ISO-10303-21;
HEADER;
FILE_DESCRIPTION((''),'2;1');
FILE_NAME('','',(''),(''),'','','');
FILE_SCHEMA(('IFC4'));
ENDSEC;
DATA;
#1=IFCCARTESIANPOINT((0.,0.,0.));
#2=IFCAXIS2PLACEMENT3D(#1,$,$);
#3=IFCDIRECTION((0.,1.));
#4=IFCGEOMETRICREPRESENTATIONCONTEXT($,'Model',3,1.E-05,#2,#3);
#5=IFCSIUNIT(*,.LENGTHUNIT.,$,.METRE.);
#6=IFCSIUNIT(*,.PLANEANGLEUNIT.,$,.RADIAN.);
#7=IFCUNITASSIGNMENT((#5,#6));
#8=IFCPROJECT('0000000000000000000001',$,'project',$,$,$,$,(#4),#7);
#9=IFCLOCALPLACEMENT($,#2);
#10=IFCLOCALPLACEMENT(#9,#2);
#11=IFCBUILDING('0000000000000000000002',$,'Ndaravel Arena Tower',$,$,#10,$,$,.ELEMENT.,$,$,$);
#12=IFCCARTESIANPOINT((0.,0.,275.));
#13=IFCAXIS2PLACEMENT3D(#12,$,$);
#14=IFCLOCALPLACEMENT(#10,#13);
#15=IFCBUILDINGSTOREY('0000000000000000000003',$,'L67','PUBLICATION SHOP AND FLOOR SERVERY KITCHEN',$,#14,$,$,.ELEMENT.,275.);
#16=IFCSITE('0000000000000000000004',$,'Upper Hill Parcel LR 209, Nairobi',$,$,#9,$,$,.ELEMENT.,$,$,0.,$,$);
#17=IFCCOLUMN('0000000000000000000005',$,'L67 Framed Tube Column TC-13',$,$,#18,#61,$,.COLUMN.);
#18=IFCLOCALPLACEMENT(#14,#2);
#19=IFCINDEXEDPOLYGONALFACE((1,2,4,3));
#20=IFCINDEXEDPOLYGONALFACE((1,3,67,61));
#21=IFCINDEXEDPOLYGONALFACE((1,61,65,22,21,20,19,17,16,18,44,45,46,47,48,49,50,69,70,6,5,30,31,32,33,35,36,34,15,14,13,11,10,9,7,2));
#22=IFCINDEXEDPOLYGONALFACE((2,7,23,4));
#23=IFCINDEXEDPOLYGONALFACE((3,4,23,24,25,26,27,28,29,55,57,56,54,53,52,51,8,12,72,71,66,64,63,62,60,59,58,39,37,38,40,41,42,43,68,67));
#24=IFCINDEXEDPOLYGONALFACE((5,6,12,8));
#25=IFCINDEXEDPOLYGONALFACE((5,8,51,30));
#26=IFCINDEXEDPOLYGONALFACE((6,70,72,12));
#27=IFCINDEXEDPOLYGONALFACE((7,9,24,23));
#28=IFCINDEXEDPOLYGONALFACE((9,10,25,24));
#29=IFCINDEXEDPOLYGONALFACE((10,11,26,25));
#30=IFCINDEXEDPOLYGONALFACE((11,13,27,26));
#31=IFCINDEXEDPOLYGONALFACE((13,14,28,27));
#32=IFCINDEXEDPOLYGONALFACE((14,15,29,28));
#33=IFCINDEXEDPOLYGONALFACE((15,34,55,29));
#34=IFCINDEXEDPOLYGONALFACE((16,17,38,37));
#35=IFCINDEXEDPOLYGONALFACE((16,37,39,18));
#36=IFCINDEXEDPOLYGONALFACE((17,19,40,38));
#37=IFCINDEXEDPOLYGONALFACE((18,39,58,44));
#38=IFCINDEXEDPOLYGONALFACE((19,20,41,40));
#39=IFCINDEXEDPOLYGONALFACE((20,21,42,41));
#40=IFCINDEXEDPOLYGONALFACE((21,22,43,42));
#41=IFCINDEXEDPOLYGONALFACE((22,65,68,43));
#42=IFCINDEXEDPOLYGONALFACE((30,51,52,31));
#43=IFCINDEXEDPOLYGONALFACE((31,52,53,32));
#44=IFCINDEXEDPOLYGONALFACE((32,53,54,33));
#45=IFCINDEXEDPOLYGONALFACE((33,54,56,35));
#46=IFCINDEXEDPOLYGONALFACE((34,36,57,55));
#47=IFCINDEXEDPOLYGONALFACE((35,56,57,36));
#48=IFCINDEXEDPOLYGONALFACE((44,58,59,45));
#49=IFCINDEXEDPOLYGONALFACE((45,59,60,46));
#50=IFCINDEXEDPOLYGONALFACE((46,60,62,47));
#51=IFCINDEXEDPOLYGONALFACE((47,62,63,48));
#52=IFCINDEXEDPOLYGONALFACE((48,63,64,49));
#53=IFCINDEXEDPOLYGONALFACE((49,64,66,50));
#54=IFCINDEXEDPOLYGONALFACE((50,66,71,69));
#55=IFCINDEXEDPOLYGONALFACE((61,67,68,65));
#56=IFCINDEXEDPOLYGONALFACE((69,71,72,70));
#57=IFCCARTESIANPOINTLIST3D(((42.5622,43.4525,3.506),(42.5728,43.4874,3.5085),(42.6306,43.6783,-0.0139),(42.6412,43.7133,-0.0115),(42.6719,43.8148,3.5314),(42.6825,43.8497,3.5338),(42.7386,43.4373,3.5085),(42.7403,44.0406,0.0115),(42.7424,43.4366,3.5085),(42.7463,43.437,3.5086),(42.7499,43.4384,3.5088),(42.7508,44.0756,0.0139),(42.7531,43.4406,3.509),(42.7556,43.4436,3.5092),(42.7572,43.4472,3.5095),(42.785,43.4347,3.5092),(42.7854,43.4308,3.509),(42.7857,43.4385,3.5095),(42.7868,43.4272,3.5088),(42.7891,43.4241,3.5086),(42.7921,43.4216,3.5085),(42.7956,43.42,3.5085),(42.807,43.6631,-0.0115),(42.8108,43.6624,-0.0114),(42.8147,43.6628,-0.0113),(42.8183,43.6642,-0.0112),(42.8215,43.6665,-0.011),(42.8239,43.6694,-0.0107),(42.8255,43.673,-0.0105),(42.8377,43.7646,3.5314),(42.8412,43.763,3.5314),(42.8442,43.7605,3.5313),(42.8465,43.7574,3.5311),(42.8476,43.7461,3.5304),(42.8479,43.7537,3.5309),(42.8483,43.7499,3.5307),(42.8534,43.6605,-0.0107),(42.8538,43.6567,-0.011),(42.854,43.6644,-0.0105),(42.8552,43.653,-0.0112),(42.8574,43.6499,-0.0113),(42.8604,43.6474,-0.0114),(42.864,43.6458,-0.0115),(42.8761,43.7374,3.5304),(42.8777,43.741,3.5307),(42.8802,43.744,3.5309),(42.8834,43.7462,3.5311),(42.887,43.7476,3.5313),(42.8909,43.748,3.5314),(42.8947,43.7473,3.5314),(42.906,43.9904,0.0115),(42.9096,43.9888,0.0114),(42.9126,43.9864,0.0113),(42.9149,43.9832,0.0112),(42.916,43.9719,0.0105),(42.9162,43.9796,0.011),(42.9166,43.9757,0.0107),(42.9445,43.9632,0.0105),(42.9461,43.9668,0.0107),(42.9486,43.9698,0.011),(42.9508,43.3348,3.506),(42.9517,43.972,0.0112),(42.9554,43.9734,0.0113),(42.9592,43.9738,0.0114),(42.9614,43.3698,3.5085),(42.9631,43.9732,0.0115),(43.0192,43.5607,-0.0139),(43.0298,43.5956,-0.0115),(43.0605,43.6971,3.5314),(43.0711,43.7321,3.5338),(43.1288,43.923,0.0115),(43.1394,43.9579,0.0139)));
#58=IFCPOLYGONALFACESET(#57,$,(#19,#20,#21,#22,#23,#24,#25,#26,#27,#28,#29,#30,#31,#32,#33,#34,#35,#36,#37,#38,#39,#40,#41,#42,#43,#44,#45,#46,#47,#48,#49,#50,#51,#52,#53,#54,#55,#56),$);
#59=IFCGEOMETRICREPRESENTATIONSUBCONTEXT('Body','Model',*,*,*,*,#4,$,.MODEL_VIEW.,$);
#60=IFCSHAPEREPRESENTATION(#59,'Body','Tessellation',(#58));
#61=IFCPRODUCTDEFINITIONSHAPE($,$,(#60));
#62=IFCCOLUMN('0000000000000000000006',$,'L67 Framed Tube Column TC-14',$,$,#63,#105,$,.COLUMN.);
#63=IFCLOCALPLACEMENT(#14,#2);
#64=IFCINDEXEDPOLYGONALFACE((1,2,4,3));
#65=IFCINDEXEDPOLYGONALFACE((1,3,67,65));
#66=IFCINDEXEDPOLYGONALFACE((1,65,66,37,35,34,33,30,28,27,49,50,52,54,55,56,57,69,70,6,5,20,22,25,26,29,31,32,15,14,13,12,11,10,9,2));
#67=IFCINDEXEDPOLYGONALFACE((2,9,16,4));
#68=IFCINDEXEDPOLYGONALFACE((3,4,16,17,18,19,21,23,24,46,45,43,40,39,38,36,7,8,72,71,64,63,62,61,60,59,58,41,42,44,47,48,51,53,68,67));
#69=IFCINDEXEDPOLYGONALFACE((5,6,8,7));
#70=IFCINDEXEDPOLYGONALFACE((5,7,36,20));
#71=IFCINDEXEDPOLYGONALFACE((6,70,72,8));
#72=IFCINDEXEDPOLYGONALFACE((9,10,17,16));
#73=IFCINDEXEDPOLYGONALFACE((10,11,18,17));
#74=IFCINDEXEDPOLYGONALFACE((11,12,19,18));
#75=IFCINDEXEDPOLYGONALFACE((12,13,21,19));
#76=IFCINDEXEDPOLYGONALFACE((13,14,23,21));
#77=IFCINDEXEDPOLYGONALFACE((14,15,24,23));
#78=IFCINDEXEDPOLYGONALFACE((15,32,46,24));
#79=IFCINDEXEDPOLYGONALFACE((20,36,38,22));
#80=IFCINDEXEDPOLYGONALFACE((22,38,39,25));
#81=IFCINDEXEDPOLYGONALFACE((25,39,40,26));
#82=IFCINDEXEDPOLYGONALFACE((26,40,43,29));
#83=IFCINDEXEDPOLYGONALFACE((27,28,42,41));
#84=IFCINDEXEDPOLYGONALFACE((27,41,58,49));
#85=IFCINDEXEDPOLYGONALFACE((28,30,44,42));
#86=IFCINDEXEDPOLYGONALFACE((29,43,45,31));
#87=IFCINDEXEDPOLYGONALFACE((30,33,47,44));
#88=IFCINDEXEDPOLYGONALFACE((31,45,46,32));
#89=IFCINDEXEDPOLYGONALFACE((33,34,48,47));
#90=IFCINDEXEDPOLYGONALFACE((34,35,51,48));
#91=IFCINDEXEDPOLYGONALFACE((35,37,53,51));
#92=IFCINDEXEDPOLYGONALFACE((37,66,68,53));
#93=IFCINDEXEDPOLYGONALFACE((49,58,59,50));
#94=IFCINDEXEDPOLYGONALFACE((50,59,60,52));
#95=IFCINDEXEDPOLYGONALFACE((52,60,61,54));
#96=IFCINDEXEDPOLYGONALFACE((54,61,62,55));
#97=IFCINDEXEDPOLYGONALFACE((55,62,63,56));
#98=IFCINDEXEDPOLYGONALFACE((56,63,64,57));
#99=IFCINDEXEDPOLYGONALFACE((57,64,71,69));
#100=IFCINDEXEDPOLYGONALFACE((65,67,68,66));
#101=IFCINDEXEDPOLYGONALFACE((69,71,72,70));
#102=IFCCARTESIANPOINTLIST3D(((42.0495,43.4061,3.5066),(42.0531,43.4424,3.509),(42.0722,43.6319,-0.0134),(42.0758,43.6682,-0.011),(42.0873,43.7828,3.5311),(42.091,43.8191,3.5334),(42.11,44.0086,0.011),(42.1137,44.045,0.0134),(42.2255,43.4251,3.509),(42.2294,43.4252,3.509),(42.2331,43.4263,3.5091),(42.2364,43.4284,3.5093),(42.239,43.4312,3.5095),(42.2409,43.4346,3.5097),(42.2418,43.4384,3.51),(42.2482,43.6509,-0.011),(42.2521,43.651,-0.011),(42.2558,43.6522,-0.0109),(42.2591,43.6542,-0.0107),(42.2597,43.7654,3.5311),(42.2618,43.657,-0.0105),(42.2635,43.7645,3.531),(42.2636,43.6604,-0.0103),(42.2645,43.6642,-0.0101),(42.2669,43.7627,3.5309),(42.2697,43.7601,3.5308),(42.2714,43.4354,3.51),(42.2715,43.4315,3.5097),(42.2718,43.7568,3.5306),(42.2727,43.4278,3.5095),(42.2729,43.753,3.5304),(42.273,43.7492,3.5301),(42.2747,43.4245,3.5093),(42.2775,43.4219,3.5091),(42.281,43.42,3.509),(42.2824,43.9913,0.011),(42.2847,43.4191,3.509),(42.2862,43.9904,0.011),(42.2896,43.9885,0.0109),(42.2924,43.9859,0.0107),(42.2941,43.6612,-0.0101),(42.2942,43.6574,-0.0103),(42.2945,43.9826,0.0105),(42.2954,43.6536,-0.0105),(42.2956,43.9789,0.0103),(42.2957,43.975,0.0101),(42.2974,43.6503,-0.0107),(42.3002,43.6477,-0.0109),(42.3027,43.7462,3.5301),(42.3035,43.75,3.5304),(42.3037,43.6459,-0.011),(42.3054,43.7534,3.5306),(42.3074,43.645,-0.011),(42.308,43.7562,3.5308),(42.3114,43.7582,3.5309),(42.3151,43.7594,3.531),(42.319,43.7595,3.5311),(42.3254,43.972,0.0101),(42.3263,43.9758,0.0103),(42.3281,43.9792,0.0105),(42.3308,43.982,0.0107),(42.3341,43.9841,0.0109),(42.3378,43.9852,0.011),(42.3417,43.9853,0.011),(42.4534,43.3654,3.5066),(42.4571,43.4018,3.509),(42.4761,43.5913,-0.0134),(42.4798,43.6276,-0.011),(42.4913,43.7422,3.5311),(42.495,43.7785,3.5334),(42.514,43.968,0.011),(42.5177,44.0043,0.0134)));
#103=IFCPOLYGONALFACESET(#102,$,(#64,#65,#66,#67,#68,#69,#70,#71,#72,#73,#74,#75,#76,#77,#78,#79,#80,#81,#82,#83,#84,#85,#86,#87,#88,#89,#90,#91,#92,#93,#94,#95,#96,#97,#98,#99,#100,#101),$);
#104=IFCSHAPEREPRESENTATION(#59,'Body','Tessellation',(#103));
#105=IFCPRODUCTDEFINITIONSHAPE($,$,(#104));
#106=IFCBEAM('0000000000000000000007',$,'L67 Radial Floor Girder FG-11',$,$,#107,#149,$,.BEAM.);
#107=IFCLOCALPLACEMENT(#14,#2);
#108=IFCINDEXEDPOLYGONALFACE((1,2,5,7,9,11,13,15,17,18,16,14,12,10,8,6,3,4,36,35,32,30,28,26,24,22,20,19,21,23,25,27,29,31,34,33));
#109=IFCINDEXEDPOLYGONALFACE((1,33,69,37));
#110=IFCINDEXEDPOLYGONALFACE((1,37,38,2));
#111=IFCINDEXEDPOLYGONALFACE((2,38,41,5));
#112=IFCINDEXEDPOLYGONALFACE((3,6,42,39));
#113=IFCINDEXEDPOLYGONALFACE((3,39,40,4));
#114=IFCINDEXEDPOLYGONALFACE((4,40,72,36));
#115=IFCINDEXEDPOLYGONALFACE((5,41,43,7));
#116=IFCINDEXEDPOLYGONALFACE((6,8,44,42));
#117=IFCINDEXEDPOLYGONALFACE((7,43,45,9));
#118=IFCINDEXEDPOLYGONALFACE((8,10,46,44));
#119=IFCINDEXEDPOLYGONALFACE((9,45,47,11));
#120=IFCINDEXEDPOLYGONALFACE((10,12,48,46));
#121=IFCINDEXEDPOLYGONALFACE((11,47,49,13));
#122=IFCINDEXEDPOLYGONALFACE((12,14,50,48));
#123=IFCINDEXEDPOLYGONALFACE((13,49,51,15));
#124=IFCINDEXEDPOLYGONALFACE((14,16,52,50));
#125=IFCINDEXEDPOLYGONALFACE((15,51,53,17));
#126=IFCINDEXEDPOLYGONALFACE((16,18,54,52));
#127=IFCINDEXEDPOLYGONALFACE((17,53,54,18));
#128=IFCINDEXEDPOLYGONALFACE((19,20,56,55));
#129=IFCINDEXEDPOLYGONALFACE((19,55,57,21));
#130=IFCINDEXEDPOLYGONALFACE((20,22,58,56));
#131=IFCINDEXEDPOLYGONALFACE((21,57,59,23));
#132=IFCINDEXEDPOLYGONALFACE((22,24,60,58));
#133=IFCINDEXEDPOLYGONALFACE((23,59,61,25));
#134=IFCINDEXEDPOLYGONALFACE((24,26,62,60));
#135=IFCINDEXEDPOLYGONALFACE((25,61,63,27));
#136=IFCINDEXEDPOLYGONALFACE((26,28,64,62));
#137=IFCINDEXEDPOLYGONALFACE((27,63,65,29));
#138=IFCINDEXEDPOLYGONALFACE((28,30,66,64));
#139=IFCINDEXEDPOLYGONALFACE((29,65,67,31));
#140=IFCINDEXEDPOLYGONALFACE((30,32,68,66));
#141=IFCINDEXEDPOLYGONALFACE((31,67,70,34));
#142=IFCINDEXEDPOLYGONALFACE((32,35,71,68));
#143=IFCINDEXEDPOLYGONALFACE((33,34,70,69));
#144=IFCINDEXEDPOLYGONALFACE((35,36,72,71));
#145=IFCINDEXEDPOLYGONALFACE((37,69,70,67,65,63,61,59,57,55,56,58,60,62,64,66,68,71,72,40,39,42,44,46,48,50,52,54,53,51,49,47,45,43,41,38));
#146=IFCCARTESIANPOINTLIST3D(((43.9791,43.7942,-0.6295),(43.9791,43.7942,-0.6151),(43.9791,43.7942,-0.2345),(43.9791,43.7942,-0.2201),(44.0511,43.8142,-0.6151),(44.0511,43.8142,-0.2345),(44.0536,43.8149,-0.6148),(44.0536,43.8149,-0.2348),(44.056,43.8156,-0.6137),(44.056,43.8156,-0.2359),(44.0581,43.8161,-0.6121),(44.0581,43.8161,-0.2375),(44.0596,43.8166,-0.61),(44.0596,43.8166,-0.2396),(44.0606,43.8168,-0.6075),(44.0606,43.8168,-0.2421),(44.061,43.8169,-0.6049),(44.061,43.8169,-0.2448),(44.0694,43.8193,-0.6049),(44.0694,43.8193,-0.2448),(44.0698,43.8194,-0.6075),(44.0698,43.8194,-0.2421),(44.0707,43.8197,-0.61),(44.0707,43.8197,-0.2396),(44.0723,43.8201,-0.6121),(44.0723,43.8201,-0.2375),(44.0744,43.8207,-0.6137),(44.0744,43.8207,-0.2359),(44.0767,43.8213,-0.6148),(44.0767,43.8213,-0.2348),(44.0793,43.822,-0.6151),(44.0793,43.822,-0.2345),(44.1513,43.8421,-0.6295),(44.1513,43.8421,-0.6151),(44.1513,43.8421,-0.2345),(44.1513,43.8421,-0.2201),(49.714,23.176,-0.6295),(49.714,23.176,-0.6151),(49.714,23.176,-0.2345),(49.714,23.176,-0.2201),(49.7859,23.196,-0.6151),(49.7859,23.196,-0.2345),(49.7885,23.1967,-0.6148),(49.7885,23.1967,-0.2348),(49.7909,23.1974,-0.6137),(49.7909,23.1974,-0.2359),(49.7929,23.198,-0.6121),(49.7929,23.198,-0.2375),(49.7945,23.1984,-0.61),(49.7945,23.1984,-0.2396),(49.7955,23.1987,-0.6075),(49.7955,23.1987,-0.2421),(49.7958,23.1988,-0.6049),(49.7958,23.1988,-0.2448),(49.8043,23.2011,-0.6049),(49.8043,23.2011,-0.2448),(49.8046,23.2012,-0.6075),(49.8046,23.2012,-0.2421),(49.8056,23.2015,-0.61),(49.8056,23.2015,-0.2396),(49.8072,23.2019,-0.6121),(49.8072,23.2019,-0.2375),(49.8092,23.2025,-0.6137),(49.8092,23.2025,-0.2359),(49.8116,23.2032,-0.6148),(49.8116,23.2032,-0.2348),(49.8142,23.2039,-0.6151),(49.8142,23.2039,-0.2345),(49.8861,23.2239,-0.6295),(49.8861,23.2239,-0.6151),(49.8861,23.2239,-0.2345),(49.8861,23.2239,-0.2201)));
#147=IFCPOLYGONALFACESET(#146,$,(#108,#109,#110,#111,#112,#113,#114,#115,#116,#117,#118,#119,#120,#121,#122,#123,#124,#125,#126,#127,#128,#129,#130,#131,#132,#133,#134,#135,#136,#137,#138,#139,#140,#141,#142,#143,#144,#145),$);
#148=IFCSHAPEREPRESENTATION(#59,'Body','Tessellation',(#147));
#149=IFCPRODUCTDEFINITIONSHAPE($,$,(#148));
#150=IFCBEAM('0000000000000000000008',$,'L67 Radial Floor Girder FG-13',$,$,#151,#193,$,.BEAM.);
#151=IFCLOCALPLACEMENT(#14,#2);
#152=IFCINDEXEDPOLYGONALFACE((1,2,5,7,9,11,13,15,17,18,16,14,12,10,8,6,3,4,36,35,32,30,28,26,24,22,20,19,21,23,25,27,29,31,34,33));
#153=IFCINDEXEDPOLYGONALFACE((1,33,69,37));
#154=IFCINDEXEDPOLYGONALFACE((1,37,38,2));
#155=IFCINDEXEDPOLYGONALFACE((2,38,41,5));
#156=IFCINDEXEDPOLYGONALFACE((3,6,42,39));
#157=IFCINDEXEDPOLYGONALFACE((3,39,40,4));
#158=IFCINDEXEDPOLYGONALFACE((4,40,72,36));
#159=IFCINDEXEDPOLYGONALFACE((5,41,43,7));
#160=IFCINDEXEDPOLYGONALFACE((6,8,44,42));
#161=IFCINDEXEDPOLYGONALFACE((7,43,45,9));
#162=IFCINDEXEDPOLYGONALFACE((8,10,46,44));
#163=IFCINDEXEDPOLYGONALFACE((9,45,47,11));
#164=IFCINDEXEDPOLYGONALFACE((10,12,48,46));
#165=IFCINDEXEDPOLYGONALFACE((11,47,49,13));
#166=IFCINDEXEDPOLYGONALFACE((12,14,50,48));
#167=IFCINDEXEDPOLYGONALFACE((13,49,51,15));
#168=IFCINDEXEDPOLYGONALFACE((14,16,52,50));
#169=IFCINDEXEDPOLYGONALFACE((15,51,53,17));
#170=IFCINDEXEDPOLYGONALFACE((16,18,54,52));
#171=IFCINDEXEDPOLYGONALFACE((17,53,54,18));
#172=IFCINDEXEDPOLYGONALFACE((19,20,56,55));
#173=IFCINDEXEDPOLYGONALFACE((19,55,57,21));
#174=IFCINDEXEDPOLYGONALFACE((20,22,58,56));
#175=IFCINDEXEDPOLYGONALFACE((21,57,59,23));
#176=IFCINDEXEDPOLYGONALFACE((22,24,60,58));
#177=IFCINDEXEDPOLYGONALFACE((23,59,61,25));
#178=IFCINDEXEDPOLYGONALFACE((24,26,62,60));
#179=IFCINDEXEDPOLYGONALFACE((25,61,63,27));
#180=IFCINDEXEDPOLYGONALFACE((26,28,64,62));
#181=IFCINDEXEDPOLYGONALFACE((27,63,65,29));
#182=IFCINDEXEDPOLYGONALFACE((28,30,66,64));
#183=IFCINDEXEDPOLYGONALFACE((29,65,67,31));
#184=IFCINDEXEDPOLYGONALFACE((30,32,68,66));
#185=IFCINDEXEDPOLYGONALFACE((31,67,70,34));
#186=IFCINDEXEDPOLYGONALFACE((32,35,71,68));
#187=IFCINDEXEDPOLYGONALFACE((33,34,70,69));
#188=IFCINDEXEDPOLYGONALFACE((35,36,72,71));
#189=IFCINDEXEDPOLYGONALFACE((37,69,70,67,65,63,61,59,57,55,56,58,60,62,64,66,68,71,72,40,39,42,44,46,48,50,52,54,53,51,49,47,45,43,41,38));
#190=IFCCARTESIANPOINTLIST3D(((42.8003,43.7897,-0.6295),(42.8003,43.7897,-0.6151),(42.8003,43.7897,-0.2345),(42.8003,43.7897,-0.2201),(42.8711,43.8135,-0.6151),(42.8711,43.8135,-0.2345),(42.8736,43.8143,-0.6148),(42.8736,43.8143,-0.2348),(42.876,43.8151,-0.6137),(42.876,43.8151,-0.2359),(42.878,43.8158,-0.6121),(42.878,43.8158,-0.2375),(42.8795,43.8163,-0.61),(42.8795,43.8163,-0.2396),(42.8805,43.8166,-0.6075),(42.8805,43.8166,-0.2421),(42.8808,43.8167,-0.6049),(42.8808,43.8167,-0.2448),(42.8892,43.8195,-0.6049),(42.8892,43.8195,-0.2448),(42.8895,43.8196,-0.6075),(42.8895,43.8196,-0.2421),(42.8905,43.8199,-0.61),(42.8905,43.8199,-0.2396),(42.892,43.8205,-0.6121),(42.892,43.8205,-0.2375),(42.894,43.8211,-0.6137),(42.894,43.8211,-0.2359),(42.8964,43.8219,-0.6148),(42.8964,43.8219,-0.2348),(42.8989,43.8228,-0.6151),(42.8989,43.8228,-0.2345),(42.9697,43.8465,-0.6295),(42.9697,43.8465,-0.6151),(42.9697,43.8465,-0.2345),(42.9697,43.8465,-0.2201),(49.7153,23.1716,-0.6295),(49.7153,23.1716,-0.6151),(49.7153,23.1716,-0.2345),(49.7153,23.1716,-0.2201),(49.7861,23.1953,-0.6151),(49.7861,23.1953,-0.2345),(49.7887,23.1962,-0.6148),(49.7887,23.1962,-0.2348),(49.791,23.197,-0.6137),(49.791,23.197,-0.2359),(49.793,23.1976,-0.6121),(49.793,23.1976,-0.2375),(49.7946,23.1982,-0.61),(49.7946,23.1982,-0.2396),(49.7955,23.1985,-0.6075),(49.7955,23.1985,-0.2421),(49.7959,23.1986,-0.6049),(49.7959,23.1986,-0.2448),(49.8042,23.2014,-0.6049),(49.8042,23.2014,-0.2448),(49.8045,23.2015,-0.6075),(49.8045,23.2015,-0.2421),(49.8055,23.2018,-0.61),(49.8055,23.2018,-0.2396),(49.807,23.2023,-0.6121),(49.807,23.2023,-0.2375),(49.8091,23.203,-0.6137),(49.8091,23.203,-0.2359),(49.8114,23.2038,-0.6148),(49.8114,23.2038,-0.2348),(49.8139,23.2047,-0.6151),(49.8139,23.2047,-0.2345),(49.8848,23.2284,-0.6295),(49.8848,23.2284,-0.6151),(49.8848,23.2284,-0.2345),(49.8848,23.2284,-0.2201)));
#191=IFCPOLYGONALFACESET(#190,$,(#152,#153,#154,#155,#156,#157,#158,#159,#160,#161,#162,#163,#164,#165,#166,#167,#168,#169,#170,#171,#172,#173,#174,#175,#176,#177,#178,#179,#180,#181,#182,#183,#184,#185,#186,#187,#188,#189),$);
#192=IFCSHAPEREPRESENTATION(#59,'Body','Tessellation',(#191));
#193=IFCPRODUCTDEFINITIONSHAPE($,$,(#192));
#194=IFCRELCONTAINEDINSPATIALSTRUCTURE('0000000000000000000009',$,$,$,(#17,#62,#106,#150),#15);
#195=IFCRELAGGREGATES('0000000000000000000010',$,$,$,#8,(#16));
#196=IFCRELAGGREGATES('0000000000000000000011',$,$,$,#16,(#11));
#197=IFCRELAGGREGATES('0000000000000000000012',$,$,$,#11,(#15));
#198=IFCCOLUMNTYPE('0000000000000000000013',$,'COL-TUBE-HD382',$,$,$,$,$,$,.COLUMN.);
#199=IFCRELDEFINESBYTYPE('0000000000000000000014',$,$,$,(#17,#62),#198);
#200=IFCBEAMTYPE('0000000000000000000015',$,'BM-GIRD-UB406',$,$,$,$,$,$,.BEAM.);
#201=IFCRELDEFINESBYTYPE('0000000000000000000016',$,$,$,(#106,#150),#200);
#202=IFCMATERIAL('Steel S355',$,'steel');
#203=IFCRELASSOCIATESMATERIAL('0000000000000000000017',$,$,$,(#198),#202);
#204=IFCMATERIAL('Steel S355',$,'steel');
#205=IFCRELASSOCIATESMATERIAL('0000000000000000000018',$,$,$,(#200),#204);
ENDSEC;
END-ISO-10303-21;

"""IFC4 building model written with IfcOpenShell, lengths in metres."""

from ifc_helpers import new_model, si_unit, direction, frame, origin, origin_2d, place, context, subcontext, project, spatial, i_section, extrude, material, material_profile, profile_set, type_object, element, save


model = new_model("IFC4")

# Units and contexts
model_context = context("Model", 3, precision=1e-05, world=origin(), true_north=direction((0.0, 1.0)))
body_context = subcontext(model_context, "Body", "Model", "MODEL_VIEW")
ifc_project = project(units=[si_unit("LENGTHUNIT", "METRE"), si_unit("PLANEANGLEUNIT", "RADIAN")], contexts=[model_context])

# Site, building, storey
site_placement = place(None, origin())
site = spatial("IfcSite", under=ifc_project, at=site_placement, Name="Upper Hill Parcel LR 209, Nairobi", CompositionType="ELEMENT", RefElevation=0.0)
building_placement = place(site_placement, origin())
building = spatial("IfcBuilding", under=site, at=building_placement, Name="Ndaravel Arena Tower", CompositionType="ELEMENT")
storey_placement = place(building_placement, frame((0.0, 0.0, 275.0)))
storey = spatial("IfcBuildingStorey", under=building, at=storey_placement, Name="L67", Description="PUBLICATION SHOP AND FLOOR SERVERY KITCHEN", CompositionType="ELEMENT", Elevation=275.0)

# Columns
ifc_material_1 = material(Name="Steel S355", Category="steel")
ifc_material_profile_1 = material_profile(ifc_material_1, i_section(OverallWidth=0.406, OverallDepth=0.416, WebThickness=0.0298, FlangeThickness=0.0366, FilletRadius=0.0149, at=origin_2d()), Name="HD 400x382")
ifc_profile_set_1 = profile_set([ifc_material_profile_1], Name="Steel S355")
column_type_1 = type_object("IfcColumnType", Name="COL-TUBE-HD382", PredefinedType="COLUMN", material=ifc_profile_set_1)
column_1_placement = place(storey_placement, frame((42.885, 43.8181, 0.0), z_axis=(-0.019377, -0.064012, 0.997761), x_axis=(0.957111, -0.28972, 0.0)))
element("IfcColumn", 1, at=column_1_placement, inside=storey, type_object=column_type_1, Name="L67 Framed Tube Column TC-13", PredefinedType="COLUMN", context=body_context, shape_type="SweptSolid", body=[
    extrude(i_section(OverallWidth=0.406, OverallDepth=0.416, WebThickness=0.0298, FlangeThickness=0.0366, FilletRadius=0.0149, at=origin_2d()), origin(), (0.0, 0.0, 1.0), 3.5278),
])
column_2_placement = place(storey_placement, frame((42.2949, 43.8181, 0.0), z_axis=(-0.006437, -0.064023, 0.997928), x_axis=(0.994984, -0.100036, 0.0)))
element("IfcColumn", 2, at=column_2_placement, inside=storey, type_object=column_type_1, Name="L67 Framed Tube Column TC-14", PredefinedType="COLUMN", context=body_context, shape_type="SweptSolid", body=[
    extrude(i_section(OverallWidth=0.406, OverallDepth=0.416, WebThickness=0.0298, FlangeThickness=0.0366, FilletRadius=0.0149, at=origin_2d()), origin(), (0.0, 0.0, 1.0), 3.5273),
])

# Beams
ifc_material_2 = material(Name="Steel S355", Category="steel")
ifc_material_profile_2 = material_profile(ifc_material_2, i_section(OverallWidth=0.1787, OverallDepth=0.4094, WebThickness=0.0088, FlangeThickness=0.0144, FilletRadius=0.0103, at=origin_2d()), Name="UB 406x178x67")
ifc_profile_set_2 = profile_set([ifc_material_profile_2], Name="Steel S355")
beam_type_1 = type_object("IfcBeamType", Name="BM-GIRD-UB406", PredefinedType="BEAM", material=ifc_profile_set_2)
beam_1_placement = place(storey_placement, frame((44.0652, 43.8181, -0.4248), z_axis=(0.267973, -0.963426, 0.0), x_axis=(0.963426, 0.267973, 0.0)))
element("IfcBeam", 3, at=beam_1_placement, inside=storey, type_object=beam_type_1, Name="L67 Radial Floor Girder FG-11", PredefinedType="BEAM", context=body_context, shape_type="SweptSolid", body=[
    extrude(i_section(OverallWidth=0.1787, OverallDepth=0.4094, WebThickness=0.0088, FlangeThickness=0.0144, FilletRadius=0.0103, at=origin_2d()), origin(), (0.0, 0.0, 1.0), 21.4009),
])
beam_2_placement = place(storey_placement, frame((42.885, 43.8181, -0.4248), z_axis=(0.317979, -0.948098, 0.0), x_axis=(0.948098, 0.317979, 0.0)))
element("IfcBeam", 4, at=beam_2_placement, inside=storey, type_object=beam_type_1, Name="L67 Radial Floor Girder FG-13", PredefinedType="BEAM", context=body_context, shape_type="SweptSolid", body=[
    extrude(i_section(OverallWidth=0.1787, OverallDepth=0.4094, WebThickness=0.0088, FlangeThickness=0.0144, FilletRadius=0.0103, at=origin_2d()), origin(), (0.0, 0.0, 1.0), 21.7468),
])

save(model, "model.ifc")
